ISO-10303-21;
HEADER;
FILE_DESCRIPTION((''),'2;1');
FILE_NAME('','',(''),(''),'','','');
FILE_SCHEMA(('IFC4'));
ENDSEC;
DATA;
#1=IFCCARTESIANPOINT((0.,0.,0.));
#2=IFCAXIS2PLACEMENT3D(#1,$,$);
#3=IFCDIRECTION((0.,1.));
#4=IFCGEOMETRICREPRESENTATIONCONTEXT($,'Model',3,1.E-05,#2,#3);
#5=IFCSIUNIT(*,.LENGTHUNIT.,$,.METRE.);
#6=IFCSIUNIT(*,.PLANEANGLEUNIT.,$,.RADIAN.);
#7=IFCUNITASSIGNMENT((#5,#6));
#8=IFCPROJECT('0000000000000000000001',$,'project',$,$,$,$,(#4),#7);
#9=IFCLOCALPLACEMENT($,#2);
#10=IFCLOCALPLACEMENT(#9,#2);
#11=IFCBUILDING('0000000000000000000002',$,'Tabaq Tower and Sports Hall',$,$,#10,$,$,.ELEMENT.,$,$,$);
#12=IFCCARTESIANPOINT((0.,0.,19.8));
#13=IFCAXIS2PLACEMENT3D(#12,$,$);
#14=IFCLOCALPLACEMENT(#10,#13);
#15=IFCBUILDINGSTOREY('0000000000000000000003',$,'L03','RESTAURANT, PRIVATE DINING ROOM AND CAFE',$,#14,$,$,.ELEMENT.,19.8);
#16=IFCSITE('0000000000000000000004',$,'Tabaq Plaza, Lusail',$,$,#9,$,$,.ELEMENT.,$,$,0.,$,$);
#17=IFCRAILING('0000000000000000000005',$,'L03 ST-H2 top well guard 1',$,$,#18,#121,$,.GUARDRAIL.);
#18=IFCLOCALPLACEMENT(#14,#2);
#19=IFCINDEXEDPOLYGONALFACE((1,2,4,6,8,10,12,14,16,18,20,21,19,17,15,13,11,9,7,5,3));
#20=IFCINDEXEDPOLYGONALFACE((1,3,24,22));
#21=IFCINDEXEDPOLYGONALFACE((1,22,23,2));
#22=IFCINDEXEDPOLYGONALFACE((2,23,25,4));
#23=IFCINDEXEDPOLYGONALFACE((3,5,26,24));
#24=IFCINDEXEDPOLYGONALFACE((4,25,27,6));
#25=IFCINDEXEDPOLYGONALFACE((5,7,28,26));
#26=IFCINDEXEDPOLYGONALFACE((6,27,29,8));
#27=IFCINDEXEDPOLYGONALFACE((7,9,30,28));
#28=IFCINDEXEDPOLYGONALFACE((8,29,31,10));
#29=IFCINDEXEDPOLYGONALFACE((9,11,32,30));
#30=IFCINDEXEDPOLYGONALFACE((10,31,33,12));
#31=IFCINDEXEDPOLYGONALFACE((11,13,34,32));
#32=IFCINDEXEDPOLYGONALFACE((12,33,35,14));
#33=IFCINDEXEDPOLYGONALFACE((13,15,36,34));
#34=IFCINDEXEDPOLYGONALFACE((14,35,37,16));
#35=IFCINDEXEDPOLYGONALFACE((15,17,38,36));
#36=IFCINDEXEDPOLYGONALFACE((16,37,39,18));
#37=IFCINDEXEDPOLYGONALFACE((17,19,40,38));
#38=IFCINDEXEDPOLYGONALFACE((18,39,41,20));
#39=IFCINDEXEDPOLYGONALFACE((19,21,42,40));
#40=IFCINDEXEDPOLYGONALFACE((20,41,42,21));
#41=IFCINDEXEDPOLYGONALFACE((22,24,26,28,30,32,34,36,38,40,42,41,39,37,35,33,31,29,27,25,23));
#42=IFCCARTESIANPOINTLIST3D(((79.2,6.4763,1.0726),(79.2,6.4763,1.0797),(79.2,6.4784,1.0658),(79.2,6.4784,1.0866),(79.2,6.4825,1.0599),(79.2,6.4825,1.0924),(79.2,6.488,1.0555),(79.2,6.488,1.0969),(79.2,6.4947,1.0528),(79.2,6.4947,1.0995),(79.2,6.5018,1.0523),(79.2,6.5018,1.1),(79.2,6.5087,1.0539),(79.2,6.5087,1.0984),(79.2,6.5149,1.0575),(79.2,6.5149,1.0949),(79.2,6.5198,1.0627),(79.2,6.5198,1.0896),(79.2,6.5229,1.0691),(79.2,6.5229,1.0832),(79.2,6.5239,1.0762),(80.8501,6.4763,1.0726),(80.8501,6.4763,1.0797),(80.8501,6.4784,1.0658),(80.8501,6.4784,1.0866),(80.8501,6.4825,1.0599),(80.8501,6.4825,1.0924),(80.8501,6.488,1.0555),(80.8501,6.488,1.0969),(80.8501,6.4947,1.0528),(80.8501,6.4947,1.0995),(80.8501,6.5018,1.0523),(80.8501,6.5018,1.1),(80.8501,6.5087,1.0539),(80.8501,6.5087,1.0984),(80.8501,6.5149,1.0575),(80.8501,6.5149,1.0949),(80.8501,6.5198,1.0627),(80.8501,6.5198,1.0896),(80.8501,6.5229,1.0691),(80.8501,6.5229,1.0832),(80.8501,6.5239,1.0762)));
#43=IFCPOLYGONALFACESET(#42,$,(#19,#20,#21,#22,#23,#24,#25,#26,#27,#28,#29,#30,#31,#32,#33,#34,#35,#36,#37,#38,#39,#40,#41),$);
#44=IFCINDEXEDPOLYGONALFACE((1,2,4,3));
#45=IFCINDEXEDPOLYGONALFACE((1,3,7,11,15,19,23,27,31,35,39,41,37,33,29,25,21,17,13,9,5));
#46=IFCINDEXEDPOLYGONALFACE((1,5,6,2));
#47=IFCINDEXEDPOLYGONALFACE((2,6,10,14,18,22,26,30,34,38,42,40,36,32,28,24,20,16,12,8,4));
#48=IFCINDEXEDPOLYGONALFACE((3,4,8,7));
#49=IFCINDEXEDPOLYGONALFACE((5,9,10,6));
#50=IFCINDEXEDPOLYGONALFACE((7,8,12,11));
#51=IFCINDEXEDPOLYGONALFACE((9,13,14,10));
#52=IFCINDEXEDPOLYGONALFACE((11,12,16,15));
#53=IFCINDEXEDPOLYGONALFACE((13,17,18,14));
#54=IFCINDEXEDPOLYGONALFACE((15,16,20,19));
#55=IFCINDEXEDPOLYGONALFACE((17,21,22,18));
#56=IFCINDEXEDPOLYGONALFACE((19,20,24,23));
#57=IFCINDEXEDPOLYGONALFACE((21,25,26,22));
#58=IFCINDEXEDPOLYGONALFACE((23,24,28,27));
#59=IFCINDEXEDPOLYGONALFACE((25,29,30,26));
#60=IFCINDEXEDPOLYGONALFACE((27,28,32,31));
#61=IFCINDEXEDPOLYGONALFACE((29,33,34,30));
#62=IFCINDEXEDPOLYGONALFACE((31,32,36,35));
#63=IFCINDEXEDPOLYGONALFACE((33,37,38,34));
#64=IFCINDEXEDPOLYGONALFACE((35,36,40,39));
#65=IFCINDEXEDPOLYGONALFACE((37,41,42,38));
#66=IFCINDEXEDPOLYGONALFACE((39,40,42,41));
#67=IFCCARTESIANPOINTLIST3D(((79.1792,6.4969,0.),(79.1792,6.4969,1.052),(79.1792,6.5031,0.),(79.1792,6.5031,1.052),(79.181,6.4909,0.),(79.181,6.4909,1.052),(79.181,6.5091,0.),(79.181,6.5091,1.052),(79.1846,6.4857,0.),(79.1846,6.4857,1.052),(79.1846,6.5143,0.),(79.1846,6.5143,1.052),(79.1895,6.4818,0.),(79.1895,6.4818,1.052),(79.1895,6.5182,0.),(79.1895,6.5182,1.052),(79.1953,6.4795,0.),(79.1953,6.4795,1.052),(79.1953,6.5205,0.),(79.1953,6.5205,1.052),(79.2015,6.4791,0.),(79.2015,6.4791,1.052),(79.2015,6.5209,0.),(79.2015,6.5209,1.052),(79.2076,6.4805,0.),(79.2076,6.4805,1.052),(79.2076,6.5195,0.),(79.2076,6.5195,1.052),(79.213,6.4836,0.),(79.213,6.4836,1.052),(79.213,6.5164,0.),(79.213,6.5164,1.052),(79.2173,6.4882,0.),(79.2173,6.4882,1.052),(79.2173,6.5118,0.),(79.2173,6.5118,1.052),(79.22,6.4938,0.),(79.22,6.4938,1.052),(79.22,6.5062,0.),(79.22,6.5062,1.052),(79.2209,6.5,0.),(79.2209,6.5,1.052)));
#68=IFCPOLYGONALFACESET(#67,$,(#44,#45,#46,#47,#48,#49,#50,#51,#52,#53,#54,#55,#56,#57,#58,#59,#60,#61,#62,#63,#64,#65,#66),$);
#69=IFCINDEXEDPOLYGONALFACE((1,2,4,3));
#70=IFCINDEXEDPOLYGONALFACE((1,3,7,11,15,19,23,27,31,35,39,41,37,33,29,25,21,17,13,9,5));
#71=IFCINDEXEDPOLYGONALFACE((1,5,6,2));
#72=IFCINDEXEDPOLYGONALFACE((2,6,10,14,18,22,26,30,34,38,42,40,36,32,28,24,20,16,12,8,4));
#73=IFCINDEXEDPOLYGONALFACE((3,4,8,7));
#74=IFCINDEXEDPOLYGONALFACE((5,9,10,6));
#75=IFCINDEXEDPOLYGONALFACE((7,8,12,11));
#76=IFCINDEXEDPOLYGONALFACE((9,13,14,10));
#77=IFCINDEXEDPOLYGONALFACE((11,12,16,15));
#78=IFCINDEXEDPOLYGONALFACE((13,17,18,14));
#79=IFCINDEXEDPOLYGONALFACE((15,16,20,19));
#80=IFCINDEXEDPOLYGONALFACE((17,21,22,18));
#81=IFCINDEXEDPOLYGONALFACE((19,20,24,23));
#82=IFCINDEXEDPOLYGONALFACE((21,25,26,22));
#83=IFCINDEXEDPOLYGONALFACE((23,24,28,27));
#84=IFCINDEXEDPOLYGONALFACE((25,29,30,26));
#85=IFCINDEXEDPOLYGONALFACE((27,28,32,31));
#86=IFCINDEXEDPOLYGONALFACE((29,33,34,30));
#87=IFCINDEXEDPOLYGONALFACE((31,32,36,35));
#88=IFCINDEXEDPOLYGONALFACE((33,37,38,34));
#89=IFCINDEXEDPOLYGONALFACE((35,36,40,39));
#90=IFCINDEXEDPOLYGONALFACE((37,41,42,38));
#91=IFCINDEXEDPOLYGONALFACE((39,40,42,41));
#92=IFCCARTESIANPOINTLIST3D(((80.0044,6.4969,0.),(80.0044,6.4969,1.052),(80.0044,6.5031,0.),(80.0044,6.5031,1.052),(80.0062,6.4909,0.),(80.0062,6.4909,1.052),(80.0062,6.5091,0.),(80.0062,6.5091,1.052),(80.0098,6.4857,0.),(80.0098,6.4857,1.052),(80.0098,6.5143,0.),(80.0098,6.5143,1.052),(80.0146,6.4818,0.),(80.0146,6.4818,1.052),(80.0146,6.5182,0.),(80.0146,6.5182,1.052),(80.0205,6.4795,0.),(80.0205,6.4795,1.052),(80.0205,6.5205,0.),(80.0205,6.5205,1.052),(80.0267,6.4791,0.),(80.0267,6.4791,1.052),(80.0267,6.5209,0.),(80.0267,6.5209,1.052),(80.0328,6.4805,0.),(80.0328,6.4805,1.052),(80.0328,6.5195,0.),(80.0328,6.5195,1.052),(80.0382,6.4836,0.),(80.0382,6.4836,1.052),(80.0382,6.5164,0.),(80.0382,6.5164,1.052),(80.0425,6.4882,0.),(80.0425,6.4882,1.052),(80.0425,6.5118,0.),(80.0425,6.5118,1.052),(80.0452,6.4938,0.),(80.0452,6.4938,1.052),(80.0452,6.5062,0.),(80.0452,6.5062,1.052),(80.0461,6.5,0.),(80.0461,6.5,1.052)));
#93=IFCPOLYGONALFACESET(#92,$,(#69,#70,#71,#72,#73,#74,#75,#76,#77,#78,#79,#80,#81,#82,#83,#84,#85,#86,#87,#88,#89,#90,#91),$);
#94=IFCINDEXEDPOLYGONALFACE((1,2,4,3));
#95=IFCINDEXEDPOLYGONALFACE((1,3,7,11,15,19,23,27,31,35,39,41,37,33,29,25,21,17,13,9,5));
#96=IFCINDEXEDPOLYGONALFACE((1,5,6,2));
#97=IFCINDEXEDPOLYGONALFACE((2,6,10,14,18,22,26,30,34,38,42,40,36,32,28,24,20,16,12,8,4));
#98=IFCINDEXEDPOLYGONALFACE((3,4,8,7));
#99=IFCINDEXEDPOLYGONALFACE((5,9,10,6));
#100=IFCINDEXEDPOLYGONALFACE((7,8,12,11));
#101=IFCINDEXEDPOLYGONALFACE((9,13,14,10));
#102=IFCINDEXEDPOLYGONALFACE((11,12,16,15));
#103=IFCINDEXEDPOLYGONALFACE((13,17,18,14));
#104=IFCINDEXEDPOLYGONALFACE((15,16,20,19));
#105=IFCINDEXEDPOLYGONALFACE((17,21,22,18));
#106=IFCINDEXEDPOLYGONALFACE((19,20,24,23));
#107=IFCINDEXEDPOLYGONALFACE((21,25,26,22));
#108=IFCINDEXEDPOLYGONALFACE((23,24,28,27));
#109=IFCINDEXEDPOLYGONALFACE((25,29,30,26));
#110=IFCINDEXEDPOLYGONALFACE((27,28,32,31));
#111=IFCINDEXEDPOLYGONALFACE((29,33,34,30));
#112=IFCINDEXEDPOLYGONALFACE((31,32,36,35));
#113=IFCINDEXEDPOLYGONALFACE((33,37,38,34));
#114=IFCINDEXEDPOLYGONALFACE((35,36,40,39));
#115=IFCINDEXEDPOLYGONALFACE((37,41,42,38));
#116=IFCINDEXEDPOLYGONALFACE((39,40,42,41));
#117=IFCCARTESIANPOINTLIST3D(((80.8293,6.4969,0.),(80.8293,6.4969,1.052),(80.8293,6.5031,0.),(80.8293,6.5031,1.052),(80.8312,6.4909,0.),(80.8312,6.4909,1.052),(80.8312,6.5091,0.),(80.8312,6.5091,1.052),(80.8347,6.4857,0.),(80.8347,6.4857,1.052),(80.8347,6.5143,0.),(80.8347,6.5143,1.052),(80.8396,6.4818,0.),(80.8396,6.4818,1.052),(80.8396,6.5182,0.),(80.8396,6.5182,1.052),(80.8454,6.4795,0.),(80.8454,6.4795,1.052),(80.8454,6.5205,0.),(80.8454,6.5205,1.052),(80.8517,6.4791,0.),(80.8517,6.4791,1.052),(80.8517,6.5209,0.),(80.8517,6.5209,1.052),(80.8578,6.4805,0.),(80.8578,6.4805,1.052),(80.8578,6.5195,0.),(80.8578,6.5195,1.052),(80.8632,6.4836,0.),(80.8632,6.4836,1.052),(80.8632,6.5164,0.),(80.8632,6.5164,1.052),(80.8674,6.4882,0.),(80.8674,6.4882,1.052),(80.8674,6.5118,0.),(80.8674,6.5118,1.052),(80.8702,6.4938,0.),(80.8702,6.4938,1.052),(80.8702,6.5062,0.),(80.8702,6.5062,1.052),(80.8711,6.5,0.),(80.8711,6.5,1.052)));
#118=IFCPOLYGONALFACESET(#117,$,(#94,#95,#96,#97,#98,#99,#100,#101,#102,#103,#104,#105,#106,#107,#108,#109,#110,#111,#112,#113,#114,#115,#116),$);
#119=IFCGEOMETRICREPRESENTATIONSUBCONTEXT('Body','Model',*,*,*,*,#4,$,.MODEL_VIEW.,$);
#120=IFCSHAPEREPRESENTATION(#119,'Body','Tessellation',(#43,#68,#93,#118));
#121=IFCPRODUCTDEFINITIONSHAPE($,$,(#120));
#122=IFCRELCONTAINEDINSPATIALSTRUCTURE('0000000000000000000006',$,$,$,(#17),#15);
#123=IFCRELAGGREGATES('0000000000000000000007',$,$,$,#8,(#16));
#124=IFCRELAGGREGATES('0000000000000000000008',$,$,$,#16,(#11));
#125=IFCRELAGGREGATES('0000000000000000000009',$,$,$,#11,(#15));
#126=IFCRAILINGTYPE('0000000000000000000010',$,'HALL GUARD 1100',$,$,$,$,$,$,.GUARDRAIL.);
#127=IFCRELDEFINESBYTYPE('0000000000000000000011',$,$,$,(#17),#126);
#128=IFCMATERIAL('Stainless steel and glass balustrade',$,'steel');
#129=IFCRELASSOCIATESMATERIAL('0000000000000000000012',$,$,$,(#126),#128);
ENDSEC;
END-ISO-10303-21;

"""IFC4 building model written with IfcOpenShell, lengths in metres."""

from ifc_helpers import new_model, si_unit, direction, frame, origin, origin_2d, place, context, subcontext, project, spatial, circle, extrude, material, type_object, element, save


model = new_model("IFC4")

# Units and contexts
model_context = context("Model", 3, precision=1e-05, world=origin(), true_north=direction((0.0, 1.0)))
body_context = subcontext(model_context, "Body", "Model", "MODEL_VIEW")
ifc_project = project(units=[si_unit("LENGTHUNIT", "METRE"), si_unit("PLANEANGLEUNIT", "RADIAN")], contexts=[model_context])

# Site, building, storey
site_placement = place(None, origin())
site = spatial("IfcSite", under=ifc_project, at=site_placement, Name="Tabaq Plaza, Lusail", CompositionType="ELEMENT", RefElevation=0.0)
building_placement = place(site_placement, origin())
building = spatial("IfcBuilding", under=site, at=building_placement, Name="Tabaq Tower and Sports Hall", CompositionType="ELEMENT")
storey_placement = place(building_placement, frame((0.0, 0.0, 19.8)))
storey = spatial("IfcBuildingStorey", under=building, at=storey_placement, Name="L03", Description="RESTAURANT, PRIVATE DINING ROOM AND CAFE", CompositionType="ELEMENT", Elevation=19.8)

# Railing
ifc_material_1 = material(Name="Stainless steel and glass balustrade", Category="steel")
railing_type = type_object("IfcRailingType", Name="HALL GUARD 1100", PredefinedType="GUARDRAIL", material=ifc_material_1)
railing_1_placement = place(storey_placement, frame((79.2, 6.5, 0.0)))
element("IfcRailing", 1, at=railing_1_placement, inside=storey, type_object=railing_type, Name="L03 ST-H2 top well guard 1", PredefinedType="GUARDRAIL", context=body_context, shape_type="SweptSolid", body=[
    extrude(circle(Radius=0.0239, at=origin_2d()), frame((0.0, 0.0, 1.0762), z_axis=(1.0, 0.0, 0.0), x_axis=(0.0, 1.0, 0.0)), (0.0, 0.0, 1.0), 1.6501),
    extrude(circle(Radius=0.021, at=origin_2d()), origin(), (0.0, 0.0, 1.0), 1.052),
    extrude(circle(Radius=0.021, at=origin_2d()), frame((0.8252, 0.0, 0.0)), (0.0, 0.0, 1.0), 1.052),
    extrude(circle(Radius=0.021, at=origin_2d()), frame((1.6501, 0.0, 0.0)), (0.0, 0.0, 1.0), 1.052),
])

save(model, "model.ifc")
